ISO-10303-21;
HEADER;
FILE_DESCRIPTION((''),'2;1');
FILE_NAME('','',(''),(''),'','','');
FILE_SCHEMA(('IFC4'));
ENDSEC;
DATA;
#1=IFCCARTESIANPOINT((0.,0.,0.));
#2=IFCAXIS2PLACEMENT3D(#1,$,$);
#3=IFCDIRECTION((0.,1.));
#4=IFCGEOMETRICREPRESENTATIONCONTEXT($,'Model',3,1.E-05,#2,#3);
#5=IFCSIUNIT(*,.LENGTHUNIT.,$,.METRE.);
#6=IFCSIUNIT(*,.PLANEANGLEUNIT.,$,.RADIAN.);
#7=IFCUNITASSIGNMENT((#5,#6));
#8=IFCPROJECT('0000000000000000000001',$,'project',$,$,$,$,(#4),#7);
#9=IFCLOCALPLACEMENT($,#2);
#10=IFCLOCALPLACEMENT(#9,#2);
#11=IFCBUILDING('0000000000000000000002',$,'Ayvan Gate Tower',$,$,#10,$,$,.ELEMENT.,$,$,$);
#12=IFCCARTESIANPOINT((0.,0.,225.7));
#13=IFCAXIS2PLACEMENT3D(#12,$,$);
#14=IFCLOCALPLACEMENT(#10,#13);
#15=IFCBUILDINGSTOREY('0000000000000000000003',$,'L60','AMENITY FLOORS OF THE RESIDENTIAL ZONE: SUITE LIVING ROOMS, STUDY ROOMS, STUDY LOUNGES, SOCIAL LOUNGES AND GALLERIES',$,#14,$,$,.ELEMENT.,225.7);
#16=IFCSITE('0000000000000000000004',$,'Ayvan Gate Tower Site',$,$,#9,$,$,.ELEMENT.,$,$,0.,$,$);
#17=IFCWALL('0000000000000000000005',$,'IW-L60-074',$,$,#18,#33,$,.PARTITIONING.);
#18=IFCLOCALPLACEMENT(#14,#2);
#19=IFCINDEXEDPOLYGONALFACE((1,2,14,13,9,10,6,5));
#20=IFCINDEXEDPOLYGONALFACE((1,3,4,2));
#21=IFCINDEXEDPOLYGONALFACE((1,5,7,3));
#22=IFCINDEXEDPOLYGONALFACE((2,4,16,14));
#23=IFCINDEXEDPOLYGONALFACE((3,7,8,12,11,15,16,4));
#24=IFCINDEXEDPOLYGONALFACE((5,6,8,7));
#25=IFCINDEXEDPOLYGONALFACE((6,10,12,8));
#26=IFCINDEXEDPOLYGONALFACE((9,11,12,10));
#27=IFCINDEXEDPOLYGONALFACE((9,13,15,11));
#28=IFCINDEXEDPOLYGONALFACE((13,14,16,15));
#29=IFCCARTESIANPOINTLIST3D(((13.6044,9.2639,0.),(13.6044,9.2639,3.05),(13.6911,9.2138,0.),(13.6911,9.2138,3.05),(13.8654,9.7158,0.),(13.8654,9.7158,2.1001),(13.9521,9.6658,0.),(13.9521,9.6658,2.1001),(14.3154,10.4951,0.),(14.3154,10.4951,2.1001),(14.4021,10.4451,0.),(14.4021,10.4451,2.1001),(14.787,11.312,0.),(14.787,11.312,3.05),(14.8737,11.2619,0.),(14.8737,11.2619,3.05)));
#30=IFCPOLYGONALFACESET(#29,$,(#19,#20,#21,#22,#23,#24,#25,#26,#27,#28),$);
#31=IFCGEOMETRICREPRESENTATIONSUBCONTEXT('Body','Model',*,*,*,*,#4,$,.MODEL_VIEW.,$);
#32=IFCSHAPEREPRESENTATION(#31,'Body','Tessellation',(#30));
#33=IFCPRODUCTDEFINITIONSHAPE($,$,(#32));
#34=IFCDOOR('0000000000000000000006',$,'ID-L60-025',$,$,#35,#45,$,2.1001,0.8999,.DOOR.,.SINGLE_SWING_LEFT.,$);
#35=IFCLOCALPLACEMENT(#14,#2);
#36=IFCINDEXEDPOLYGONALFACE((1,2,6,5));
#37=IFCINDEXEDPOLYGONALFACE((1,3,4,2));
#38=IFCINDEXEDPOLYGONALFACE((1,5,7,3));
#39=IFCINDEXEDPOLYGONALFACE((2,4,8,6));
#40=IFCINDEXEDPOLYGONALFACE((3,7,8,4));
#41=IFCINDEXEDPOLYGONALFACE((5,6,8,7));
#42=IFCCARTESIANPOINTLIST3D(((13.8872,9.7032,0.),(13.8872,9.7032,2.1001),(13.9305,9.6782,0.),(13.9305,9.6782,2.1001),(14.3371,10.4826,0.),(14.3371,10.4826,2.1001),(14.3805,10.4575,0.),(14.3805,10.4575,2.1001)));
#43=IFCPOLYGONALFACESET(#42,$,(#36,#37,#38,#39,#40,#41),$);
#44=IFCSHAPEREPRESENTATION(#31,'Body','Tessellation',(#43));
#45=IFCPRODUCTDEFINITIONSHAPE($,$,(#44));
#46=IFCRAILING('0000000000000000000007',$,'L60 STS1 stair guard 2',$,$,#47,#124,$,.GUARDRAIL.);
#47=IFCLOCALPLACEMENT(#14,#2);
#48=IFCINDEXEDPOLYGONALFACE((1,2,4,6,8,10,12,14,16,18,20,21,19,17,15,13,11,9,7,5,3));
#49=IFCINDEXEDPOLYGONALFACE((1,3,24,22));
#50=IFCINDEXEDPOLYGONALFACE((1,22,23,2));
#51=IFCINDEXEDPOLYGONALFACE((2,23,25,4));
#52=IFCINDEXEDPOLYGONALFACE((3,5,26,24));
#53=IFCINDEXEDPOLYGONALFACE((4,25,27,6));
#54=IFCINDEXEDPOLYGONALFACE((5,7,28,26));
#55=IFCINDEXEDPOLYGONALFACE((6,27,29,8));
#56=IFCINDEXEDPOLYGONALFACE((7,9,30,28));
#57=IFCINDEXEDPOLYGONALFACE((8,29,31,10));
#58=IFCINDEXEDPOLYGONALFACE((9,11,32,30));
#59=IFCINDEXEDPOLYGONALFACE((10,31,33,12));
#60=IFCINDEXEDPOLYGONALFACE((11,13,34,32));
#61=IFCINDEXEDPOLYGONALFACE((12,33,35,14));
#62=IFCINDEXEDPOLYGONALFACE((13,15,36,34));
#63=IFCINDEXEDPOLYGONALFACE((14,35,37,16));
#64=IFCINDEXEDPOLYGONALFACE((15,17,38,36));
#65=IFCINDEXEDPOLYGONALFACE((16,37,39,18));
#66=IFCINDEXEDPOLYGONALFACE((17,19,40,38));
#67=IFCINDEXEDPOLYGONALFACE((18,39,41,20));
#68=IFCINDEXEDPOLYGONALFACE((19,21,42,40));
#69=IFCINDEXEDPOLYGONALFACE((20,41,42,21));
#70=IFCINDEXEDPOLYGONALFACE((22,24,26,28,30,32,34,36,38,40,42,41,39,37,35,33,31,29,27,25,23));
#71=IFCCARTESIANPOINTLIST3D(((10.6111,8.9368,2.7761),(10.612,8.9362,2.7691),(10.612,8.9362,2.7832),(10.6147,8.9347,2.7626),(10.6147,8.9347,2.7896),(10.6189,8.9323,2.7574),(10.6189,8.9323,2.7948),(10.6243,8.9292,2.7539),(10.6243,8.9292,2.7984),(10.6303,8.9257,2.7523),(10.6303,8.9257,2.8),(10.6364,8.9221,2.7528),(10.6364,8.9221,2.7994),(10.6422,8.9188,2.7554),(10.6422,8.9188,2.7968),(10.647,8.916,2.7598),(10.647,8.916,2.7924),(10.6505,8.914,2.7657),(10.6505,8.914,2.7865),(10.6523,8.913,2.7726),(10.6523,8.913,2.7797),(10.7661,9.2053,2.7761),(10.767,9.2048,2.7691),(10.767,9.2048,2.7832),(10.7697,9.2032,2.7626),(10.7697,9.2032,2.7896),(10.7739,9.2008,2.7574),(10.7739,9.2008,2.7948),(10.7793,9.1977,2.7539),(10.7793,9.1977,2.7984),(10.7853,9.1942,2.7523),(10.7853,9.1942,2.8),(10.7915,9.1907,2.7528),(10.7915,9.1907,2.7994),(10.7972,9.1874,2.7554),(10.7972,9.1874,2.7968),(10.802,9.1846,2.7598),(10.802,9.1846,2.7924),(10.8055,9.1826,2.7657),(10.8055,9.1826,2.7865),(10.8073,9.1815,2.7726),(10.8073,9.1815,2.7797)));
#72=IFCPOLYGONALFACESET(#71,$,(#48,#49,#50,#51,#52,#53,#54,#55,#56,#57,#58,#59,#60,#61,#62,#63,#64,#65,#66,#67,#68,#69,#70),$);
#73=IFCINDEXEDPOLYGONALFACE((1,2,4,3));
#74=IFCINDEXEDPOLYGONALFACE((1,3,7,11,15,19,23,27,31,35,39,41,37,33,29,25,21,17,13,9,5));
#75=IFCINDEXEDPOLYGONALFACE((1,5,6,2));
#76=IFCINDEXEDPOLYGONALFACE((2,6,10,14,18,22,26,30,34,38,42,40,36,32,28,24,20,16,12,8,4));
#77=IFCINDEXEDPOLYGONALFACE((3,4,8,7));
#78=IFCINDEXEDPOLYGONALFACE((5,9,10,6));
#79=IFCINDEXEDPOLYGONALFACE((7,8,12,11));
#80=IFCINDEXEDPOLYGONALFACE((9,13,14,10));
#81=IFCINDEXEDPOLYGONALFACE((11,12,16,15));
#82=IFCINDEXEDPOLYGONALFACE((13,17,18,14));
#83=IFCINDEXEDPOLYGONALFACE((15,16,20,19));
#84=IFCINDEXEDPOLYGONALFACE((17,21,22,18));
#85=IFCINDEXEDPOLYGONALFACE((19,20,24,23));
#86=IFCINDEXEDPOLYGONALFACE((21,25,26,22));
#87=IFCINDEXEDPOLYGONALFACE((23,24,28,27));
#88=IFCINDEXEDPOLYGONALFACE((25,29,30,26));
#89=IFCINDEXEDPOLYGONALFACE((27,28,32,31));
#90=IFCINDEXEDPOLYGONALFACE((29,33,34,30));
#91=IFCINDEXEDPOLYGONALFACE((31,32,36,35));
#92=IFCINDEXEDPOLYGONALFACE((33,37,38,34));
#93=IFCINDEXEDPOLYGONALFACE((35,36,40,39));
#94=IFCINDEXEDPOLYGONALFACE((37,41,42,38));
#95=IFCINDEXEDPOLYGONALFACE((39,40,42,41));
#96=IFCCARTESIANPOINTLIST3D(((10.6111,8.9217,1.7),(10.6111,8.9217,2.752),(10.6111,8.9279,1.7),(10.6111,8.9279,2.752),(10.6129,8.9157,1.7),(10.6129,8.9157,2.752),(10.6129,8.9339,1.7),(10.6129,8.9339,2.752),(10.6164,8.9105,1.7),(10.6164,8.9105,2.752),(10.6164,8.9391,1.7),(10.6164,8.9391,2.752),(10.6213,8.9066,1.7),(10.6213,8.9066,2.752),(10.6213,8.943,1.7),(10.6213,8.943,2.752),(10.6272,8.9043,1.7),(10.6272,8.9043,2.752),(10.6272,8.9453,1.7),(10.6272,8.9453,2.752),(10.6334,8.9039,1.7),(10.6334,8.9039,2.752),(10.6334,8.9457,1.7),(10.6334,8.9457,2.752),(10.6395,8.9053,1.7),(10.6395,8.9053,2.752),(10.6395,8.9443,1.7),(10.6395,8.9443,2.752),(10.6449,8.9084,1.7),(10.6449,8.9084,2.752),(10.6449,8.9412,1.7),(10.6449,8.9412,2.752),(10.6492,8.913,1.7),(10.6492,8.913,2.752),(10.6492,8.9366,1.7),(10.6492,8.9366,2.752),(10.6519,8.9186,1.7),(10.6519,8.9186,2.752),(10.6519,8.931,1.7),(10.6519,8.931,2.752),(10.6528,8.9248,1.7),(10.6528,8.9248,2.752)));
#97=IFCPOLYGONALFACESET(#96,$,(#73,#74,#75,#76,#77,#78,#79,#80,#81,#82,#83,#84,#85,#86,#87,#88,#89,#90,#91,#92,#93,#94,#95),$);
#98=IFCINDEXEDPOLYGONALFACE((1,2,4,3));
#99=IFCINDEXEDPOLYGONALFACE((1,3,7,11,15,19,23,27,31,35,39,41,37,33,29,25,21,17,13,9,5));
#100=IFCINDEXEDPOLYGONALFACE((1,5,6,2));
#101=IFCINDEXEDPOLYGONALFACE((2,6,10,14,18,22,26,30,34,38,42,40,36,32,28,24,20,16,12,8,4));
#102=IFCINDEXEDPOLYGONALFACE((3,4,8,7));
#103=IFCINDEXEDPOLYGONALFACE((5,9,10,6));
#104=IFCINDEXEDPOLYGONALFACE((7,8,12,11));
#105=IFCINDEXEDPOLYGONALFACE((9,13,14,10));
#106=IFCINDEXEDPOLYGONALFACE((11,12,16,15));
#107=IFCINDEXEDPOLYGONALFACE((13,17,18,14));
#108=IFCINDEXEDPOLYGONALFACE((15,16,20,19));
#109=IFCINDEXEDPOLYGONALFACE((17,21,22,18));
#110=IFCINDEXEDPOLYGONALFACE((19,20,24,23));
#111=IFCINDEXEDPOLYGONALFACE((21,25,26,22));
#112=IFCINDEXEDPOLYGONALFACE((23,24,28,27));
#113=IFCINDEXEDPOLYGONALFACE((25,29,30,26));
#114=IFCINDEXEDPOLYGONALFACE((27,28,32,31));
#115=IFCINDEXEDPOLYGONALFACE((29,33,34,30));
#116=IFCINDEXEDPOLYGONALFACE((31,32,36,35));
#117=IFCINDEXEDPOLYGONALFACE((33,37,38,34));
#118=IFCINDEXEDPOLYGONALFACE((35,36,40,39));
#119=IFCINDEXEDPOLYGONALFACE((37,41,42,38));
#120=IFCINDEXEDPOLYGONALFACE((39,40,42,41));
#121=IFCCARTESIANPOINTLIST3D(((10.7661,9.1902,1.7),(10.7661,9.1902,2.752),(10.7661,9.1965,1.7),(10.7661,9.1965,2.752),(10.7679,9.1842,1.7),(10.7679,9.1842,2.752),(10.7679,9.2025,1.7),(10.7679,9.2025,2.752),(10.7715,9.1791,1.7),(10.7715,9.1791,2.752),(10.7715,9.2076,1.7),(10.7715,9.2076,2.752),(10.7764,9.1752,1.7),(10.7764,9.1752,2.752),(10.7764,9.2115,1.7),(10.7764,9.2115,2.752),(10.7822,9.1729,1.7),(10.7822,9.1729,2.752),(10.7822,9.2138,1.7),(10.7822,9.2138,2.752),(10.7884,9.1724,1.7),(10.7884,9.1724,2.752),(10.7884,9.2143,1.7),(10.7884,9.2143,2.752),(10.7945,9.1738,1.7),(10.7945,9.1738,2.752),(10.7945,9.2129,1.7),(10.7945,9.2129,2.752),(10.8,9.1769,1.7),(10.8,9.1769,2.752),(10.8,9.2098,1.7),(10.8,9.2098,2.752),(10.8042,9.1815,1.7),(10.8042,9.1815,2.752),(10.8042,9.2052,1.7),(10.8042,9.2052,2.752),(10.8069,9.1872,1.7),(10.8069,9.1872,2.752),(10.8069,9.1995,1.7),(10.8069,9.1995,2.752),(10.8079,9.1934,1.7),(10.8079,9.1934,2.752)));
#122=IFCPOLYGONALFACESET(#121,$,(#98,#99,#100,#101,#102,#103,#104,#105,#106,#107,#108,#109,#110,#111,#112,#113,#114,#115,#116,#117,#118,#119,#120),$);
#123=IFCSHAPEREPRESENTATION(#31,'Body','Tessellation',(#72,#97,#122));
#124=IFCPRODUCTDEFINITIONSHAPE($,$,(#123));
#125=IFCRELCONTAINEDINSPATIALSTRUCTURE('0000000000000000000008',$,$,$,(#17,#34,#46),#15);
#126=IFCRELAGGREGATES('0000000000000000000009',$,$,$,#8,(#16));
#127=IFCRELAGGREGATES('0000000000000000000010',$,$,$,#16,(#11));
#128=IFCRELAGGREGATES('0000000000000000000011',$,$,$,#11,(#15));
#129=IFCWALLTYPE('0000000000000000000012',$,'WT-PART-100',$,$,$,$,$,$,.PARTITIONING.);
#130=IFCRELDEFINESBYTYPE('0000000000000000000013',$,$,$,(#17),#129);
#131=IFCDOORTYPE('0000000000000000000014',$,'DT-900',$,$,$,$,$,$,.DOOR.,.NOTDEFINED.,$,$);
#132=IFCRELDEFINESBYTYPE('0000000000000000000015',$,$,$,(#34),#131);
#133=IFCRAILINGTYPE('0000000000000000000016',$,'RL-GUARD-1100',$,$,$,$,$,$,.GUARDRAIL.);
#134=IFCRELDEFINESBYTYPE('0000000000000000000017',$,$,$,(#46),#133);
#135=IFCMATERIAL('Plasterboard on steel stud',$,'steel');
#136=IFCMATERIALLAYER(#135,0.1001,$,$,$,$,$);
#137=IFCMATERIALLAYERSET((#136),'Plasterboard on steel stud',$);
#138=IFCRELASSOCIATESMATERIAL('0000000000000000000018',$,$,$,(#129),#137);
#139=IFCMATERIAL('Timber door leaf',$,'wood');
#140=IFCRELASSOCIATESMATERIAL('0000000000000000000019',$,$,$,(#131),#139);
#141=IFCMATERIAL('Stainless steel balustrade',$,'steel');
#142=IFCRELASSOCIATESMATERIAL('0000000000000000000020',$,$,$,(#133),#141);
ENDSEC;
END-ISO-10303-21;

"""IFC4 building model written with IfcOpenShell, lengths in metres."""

from ifc_helpers import new_model, si_unit, direction, frame, frame_2d, origin, origin_2d, place, context, subcontext, project, spatial, rectangle, circle, extrude, material, layer, layer_set, type_object, element, fill, save


model = new_model("IFC4")

# Units and contexts
model_context = context("Model", 3, precision=1e-05, world=origin(), true_north=direction((0.0, 1.0)))
body_context = subcontext(model_context, "Body", "Model", "MODEL_VIEW")
ifc_project = project(units=[si_unit("LENGTHUNIT", "METRE"), si_unit("PLANEANGLEUNIT", "RADIAN")], contexts=[model_context])

# Site, building, storey
site_placement = place(None, origin())
site = spatial("IfcSite", under=ifc_project, at=site_placement, Name="Ayvan Gate Tower Site", CompositionType="ELEMENT", RefElevation=0.0)
building_placement = place(site_placement, origin())
building = spatial("IfcBuilding", under=site, at=building_placement, Name="Ayvan Gate Tower", CompositionType="ELEMENT")
storey_placement = place(building_placement, frame((0.0, 0.0, 225.7)))
storey = spatial("IfcBuildingStorey", under=building, at=storey_placement, Name="L60", Description="AMENITY FLOORS OF THE RESIDENTIAL ZONE: SUITE LIVING ROOMS, STUDY ROOMS, STUDY LOUNGES, SOCIAL LOUNGES AND GALLERIES", CompositionType="ELEMENT", Elevation=225.7)

# Wall, opening, door
ifc_material_1 = material(Name="Plasterboard on steel stud", Category="steel")
ifc_layer_1 = layer(ifc_material_1, 0.1001)
ifc_layer_set_1 = layer_set([ifc_layer_1], Name="Plasterboard on steel stud")
wall_type = type_object("IfcWallType", Name="WT-PART-100", PredefinedType="PARTITIONING", material=ifc_layer_set_1)
wall_placement = place(storey_placement, frame((13.6477, 9.2388, 0.0), z_axis=(0.0, 0.0, 1.0), x_axis=(0.500047, 0.865998, 0.0)))
wall = element("IfcWall", 1, at=wall_placement, inside=storey, type_object=wall_type, Name="IW-L60-074", PredefinedType="PARTITIONING", context=body_context, shape_type="SweptSolid", body=[
    extrude(rectangle(XDim=2.365, YDim=0.1001, at=frame_2d((1.1826, 0.0))), origin(), (0.0, 0.0, 1.0), 3.05),
])
opening_placement = place(wall_placement, frame((0.522, 0.0, 0.0)))
opening = element("IfcOpeningElement", 2, at=opening_placement, cuts=wall, PredefinedType="OPENING", context=body_context, shape_type="SweptSolid", body=[
    extrude(rectangle(XDim=0.8999, YDim=2.1001, at=frame_2d((0.45, 1.05))), frame((0.0, 0.0601, 0.0), z_axis=(0.0, -1.0, 0.0), x_axis=(1.0, 0.0, 0.0)), (0.0, 0.0, 1.0), 0.1201),
])
ifc_material_2 = material(Name="Timber door leaf", Category="wood")
door_type = type_object("IfcDoorType", Name="DT-900", OperationType="NOTDEFINED", PredefinedType="DOOR", material=ifc_material_2)
door_placement = place(opening_placement, origin())
door = element("IfcDoor", 3, at=door_placement, inside=storey, type_object=door_type, Name="ID-L60-025", OperationType="SINGLE_SWING_LEFT", OverallHeight=2.1001, OverallWidth=0.8999, PredefinedType="DOOR", context=body_context, shape_type="SweptSolid", body=[
    extrude(rectangle(XDim=0.8999, YDim=2.1001, at=frame_2d((0.45, 1.05))), frame((0.0, 0.0249, 0.0), z_axis=(0.0, -1.0, 0.0), x_axis=(1.0, 0.0, 0.0)), (0.0, 0.0, 1.0), 0.05),
])
fill(opening, door)

# Railing
ifc_material_3 = material(Name="Stainless steel balustrade", Category="steel")
railing_type_1 = type_object("IfcRailingType", Name="RL-GUARD-1100", PredefinedType="GUARDRAIL", material=ifc_material_3)
railing_1_placement = place(storey_placement, frame((10.6318, 8.9248, 1.7)))
element("IfcRailing", 4, at=railing_1_placement, inside=storey, type_object=railing_type_1, Name="L60 STS1 stair guard 2", PredefinedType="GUARDRAIL", context=body_context, shape_type="SweptSolid", body=[
    extrude(circle(Radius=0.0239, at=origin_2d()), frame((0.0, 0.0, 1.0762), z_axis=(0.49995, 0.866054, 0.0), x_axis=(-0.866054, 0.49995, 0.0)), (0.0, 0.0, 1.0), 0.3101),
    extrude(circle(Radius=0.021, at=origin_2d()), origin(), (0.0, 0.0, 1.0), 1.052),
    extrude(circle(Radius=0.021, at=origin_2d()), frame((0.155, 0.2686, 0.0)), (0.0, 0.0, 1.0), 1.052),
])

save(model, "model.ifc")
